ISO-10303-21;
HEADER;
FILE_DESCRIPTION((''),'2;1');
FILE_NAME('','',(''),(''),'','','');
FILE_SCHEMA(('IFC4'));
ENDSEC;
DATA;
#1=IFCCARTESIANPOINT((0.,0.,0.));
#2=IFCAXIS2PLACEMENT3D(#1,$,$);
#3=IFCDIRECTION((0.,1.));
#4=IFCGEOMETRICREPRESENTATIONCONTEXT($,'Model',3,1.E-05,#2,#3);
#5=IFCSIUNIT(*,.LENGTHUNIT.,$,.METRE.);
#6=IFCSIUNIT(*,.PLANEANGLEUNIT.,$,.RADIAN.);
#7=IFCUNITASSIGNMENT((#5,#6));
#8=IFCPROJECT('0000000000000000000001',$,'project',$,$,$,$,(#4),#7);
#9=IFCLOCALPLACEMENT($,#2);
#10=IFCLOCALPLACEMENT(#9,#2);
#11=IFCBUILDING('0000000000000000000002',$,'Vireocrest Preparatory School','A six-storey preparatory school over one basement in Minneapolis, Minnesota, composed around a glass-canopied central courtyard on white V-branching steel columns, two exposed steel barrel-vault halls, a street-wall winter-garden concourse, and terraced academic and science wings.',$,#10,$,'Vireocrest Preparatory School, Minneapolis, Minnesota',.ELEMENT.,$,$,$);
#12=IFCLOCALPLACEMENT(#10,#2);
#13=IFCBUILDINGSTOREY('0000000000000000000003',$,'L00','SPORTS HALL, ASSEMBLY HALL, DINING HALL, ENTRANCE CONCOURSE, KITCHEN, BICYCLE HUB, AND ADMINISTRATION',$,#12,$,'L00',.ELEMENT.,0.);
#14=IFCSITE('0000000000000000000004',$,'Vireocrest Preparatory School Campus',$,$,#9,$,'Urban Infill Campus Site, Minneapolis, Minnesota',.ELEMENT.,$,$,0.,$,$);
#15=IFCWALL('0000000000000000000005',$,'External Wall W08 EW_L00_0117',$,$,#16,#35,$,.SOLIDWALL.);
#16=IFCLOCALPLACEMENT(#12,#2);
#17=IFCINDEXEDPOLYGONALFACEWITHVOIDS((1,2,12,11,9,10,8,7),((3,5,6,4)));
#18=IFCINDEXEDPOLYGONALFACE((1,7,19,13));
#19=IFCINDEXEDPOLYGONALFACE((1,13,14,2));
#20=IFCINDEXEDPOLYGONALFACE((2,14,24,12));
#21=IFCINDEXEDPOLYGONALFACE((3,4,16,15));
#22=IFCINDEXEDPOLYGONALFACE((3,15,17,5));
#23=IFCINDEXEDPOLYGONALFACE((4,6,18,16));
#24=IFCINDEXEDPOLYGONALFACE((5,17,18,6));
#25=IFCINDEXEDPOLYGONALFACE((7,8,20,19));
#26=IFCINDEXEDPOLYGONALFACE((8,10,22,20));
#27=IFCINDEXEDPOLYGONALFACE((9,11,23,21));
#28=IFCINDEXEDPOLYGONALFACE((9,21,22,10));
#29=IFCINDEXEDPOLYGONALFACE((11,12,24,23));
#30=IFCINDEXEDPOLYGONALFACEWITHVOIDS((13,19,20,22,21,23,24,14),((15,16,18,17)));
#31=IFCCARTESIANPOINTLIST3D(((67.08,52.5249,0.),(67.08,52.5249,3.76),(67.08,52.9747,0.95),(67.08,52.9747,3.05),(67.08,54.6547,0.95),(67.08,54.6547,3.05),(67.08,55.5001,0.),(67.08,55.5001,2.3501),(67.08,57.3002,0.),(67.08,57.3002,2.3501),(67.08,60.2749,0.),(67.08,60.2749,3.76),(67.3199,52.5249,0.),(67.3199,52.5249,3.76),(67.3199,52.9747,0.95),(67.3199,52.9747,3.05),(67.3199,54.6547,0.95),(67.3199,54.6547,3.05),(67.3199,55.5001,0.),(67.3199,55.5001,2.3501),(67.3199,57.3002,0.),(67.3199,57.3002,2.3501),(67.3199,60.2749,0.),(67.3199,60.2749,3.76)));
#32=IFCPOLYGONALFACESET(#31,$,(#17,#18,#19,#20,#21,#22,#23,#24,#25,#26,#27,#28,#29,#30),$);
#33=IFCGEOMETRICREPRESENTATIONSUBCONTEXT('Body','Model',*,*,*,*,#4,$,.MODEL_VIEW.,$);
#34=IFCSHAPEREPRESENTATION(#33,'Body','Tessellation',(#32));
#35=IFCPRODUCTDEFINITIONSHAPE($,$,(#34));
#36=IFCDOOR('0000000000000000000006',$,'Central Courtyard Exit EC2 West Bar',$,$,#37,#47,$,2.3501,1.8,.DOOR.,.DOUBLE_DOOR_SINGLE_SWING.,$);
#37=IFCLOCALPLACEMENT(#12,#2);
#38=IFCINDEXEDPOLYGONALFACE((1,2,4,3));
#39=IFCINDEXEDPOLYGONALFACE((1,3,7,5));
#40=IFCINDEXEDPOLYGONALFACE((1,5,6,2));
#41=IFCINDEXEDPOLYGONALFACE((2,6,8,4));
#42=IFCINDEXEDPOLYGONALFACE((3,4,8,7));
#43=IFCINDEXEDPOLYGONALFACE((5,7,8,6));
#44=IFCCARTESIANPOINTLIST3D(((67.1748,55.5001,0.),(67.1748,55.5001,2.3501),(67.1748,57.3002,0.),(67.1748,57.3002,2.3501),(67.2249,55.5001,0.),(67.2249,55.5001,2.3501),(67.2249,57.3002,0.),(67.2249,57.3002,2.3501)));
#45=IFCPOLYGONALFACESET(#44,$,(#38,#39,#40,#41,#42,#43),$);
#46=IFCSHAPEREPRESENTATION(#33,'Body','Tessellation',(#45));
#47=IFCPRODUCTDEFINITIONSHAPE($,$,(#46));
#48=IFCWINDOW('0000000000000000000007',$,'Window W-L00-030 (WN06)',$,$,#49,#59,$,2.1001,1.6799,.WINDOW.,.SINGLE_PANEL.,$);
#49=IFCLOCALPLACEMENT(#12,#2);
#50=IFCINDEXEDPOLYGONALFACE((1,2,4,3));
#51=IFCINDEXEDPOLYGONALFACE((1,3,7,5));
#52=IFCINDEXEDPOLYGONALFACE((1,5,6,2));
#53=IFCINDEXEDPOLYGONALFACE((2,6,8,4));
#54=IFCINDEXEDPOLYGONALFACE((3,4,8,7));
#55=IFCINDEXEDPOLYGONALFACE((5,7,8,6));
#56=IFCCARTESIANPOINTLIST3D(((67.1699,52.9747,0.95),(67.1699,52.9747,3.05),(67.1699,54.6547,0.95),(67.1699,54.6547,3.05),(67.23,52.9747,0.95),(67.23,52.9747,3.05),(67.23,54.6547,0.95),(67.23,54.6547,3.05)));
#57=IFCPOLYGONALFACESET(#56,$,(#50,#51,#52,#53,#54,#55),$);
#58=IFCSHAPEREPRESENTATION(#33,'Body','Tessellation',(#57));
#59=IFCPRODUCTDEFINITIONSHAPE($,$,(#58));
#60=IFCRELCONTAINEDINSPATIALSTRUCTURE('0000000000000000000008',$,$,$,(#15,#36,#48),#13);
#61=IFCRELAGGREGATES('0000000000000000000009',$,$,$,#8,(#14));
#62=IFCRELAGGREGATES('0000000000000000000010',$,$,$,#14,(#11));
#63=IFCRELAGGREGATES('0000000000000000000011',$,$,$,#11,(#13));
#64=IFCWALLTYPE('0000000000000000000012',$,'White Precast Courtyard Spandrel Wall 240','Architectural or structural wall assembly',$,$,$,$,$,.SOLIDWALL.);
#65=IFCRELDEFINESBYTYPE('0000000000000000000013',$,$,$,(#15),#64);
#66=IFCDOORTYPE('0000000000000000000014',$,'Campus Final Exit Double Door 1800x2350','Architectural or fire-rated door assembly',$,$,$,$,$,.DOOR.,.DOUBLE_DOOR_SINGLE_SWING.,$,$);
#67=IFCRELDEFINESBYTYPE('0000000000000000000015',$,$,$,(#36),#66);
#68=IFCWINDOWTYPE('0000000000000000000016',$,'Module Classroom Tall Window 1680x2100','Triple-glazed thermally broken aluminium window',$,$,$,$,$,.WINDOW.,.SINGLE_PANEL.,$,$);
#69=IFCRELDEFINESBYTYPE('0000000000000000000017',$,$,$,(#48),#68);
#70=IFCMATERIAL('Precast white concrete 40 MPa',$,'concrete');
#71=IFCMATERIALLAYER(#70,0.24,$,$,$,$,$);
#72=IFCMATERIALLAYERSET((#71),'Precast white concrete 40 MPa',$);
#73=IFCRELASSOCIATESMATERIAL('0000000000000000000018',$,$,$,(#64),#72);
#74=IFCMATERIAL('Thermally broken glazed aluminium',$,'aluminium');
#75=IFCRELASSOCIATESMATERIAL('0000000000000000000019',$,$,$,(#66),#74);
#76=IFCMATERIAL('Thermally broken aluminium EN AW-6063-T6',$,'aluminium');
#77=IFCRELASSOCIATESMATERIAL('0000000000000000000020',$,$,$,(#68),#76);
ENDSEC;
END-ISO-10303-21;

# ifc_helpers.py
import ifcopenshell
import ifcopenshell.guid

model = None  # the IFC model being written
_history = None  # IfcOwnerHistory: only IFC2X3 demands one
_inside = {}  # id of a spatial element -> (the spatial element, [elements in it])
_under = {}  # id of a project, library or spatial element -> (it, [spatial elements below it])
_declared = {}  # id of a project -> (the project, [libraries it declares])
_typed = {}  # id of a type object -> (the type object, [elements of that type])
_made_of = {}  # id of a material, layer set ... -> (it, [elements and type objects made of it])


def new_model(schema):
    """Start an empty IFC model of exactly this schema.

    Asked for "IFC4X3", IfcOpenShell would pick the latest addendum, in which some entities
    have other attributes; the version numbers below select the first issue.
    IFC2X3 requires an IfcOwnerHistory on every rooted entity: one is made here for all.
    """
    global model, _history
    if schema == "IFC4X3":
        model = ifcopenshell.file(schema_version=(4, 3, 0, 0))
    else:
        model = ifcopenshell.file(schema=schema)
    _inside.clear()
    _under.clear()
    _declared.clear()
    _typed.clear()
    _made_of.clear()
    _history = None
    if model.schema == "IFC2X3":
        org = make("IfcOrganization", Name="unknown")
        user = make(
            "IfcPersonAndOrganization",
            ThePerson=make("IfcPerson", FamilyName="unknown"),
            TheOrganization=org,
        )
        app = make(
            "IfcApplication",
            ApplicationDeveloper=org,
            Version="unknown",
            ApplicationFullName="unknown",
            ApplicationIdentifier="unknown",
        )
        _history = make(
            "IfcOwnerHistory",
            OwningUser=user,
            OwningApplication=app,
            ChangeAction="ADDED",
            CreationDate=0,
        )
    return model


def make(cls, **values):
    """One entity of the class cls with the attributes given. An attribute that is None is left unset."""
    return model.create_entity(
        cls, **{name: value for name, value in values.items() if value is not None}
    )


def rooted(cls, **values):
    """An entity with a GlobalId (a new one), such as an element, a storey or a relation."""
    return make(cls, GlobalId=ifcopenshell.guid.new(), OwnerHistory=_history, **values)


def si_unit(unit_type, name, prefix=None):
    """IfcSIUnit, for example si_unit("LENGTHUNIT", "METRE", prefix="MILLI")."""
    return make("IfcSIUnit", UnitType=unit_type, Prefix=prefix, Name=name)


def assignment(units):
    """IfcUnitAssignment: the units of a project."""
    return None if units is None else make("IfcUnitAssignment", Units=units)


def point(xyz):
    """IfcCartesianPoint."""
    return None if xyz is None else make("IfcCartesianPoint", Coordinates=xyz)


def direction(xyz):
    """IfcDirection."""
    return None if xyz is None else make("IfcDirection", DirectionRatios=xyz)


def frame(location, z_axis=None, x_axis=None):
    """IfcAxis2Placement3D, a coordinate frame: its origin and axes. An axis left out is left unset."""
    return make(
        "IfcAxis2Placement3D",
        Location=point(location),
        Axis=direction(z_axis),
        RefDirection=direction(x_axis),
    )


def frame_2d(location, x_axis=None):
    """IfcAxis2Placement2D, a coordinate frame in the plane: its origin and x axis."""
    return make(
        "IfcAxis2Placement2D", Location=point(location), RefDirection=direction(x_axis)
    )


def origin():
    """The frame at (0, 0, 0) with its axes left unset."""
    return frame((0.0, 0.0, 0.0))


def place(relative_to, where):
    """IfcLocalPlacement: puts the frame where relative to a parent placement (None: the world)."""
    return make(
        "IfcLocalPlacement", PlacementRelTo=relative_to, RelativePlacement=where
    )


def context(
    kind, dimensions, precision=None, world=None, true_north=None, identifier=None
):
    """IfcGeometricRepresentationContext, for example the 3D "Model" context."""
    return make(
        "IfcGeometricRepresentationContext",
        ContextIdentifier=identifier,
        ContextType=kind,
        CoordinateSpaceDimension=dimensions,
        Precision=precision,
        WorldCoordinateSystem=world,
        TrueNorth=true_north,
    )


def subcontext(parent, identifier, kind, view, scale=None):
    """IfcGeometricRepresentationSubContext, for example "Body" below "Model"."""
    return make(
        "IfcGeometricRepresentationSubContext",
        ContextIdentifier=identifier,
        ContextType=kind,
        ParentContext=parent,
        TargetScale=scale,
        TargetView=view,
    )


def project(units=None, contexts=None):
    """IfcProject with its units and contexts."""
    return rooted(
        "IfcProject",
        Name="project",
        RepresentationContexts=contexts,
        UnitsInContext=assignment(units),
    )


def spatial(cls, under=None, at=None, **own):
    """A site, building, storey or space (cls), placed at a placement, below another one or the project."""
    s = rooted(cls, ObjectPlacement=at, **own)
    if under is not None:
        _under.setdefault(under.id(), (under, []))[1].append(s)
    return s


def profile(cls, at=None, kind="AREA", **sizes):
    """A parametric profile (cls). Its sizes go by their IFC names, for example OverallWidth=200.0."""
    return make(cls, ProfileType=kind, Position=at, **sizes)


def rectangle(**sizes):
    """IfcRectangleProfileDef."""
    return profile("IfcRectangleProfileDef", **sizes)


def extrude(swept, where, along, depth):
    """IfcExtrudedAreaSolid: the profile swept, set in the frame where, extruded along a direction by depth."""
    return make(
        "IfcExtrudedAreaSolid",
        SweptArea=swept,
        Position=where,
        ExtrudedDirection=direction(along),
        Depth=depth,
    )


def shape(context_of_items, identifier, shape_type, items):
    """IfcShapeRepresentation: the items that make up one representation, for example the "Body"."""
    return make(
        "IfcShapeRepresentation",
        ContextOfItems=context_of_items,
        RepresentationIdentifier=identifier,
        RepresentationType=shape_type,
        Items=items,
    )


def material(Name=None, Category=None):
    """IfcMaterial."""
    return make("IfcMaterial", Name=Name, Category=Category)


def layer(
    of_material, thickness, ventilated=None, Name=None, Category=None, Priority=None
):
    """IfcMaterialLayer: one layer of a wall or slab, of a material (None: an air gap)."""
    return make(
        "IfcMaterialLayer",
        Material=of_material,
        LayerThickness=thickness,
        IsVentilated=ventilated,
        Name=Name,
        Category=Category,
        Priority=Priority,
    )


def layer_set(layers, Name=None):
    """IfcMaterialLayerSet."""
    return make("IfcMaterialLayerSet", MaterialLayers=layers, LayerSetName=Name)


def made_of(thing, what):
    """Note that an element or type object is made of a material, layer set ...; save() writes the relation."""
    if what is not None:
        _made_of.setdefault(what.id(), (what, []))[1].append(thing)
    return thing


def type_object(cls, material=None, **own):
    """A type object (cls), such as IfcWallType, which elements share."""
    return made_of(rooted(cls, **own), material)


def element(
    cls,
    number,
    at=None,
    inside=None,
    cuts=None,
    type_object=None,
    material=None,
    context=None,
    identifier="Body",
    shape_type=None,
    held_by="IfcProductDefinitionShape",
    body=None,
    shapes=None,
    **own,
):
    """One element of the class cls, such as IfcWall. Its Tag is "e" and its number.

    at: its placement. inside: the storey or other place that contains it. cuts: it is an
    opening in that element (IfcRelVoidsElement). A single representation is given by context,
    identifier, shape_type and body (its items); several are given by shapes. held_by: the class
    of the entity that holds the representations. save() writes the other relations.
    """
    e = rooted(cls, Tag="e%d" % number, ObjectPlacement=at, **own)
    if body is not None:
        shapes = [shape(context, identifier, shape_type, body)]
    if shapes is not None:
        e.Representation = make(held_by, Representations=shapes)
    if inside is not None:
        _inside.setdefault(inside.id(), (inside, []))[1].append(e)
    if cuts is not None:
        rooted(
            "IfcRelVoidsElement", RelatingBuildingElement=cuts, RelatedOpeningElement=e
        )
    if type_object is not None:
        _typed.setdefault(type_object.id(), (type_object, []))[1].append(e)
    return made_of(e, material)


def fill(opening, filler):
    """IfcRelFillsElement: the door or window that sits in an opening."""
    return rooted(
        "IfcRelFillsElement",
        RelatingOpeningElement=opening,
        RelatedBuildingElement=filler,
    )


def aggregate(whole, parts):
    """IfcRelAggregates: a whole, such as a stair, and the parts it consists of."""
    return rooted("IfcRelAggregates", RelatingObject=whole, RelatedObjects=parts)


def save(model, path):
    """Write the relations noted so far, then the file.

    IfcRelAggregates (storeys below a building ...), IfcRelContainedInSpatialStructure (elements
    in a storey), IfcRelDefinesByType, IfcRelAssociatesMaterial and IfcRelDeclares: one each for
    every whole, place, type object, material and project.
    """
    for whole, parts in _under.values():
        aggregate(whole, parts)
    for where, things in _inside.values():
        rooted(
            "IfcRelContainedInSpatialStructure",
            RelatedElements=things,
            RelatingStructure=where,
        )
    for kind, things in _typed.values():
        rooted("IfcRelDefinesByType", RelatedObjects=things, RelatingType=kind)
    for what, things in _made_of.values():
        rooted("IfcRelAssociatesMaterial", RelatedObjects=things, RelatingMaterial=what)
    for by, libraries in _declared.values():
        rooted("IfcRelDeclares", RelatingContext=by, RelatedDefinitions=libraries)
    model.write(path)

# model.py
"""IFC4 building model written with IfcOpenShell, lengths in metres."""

from ifc_helpers import new_model, si_unit, direction, frame, frame_2d, origin, place, context, subcontext, project, spatial, rectangle, extrude, material, layer, layer_set, type_object, element, fill, save


model = new_model("IFC4")

# Units and contexts
model_context = context("Model", 3, precision=1e-05, world=origin(), true_north=direction((0.0, 1.0)))
body_context = subcontext(model_context, "Body", "Model", "MODEL_VIEW")
ifc_project = project(units=[si_unit("LENGTHUNIT", "METRE"), si_unit("PLANEANGLEUNIT", "RADIAN")], contexts=[model_context])

# Site, building, storey
site_placement = place(None, origin())
site = spatial("IfcSite", under=ifc_project, at=site_placement, Name="Vireocrest Preparatory School Campus", LongName="Urban Infill Campus Site, Minneapolis, Minnesota", CompositionType="ELEMENT", RefElevation=0.0)
building_placement = place(site_placement, origin())
building = spatial("IfcBuilding", under=site, at=building_placement, Name="Vireocrest Preparatory School", Description="A six-storey preparatory school over one basement in Minneapolis, Minnesota, composed around a glass-canopied central courtyard on white V-branching steel columns, two exposed steel barrel-vault halls, a street-wall winter-garden concourse, and terraced academic and science wings.", LongName="Vireocrest Preparatory School, Minneapolis, Minnesota", CompositionType="ELEMENT")
storey_placement = place(building_placement, origin())
storey = spatial("IfcBuildingStorey", under=building, at=storey_placement, Name="L00", Description="SPORTS HALL, ASSEMBLY HALL, DINING HALL, ENTRANCE CONCOURSE, KITCHEN, BICYCLE HUB, AND ADMINISTRATION", LongName="L00", CompositionType="ELEMENT", Elevation=0.0)

# Shared definitions
ifc_material_1 = material(Name="Thermally broken aluminium EN AW-6063-T6", Category="aluminium")

# Wall, openings, door, window
ifc_material_2 = material(Name="Precast white concrete 40 MPa", Category="concrete")
ifc_layer_1 = layer(ifc_material_2, 0.24)
ifc_layer_set_1 = layer_set([ifc_layer_1], Name="Precast white concrete 40 MPa")
wall_type_1 = type_object("IfcWallType", Name="White Precast Courtyard Spandrel Wall 240", Description="Architectural or structural wall assembly", PredefinedType="SOLIDWALL", material=ifc_layer_set_1)
wall_1_placement = place(storey_placement, frame((67.2, 52.5249, 0.0), z_axis=(0.0, 0.0, 1.0), x_axis=(0.0, 1.0, 0.0)))
wall_1 = element("IfcWall", 1, at=wall_1_placement, inside=storey, type_object=wall_type_1, Name="External Wall W08 EW_L00_0117", PredefinedType="SOLIDWALL", context=body_context, shape_type="SweptSolid", body=[
    extrude(rectangle(XDim=7.75, YDim=0.24, at=frame_2d((3.875, 0.0))), origin(), (0.0, 0.0, 1.0), 3.76),
])
opening_1_placement = place(wall_1_placement, frame((4.7751, 0.0, 0.0), z_axis=(0.0, 0.0, 1.0), x_axis=(-1.0, 0.0, 0.0)))
opening_1 = element("IfcOpeningElement", 2, at=opening_1_placement, cuts=wall_1, PredefinedType="OPENING", context=body_context, shape_type="SweptSolid", body=[
    extrude(rectangle(XDim=1.8, YDim=2.3501, at=frame_2d((0.8999, 1.175))), frame((0.0, 0.1299, 0.0), z_axis=(0.0, -1.0, 0.0), x_axis=(1.0, 0.0, 0.0)), (0.0, 0.0, 1.0), 0.26),
])
opening_2_placement = place(wall_1_placement, frame((0.45, 0.0, 0.95)))
opening_2 = element("IfcOpeningElement", 3, at=opening_2_placement, cuts=wall_1, PredefinedType="OPENING", context=body_context, shape_type="SweptSolid", body=[
    extrude(rectangle(XDim=1.6799, YDim=2.1001, at=frame_2d((0.8398, 1.05))), frame((0.0, 0.1299, 0.0), z_axis=(0.0, -1.0, 0.0), x_axis=(1.0, 0.0, 0.0)), (0.0, 0.0, 1.0), 0.26),
])
ifc_material_3 = material(Name="Thermally broken glazed aluminium", Category="aluminium")
door_type = type_object("IfcDoorType", Name="Campus Final Exit Double Door 1800x2350", Description="Architectural or fire-rated door assembly", OperationType="DOUBLE_DOOR_SINGLE_SWING", PredefinedType="DOOR", material=ifc_material_3)
door_placement = place(opening_1_placement, origin())
door = element("IfcDoor", 4, at=door_placement, inside=storey, type_object=door_type, Name="Central Courtyard Exit EC2 West Bar", OperationType="DOUBLE_DOOR_SINGLE_SWING", OverallHeight=2.3501, OverallWidth=1.8, PredefinedType="DOOR", context=body_context, shape_type="SweptSolid", body=[
    extrude(rectangle(XDim=1.8, YDim=2.3501, at=frame_2d((0.8999, 1.175))), frame((0.0, 0.0249, 0.0), z_axis=(0.0, -1.0, 0.0), x_axis=(1.0, 0.0, 0.0)), (0.0, 0.0, 1.0), 0.05),
])
fill(opening_1, door)
window_type = type_object("IfcWindowType", Name="Module Classroom Tall Window 1680x2100", Description="Triple-glazed thermally broken aluminium window", PartitioningType="SINGLE_PANEL", PredefinedType="WINDOW", material=ifc_material_1)
window_placement = place(opening_2_placement, origin())
window = element("IfcWindow", 5, at=window_placement, inside=storey, type_object=window_type, Name="Window W-L00-030 (WN06)", OverallHeight=2.1001, OverallWidth=1.6799, PartitioningType="SINGLE_PANEL", PredefinedType="WINDOW", context=body_context, shape_type="SweptSolid", body=[
    extrude(rectangle(XDim=1.6799, YDim=2.1001, at=frame_2d((0.8398, 1.05))), frame((0.0, 0.03, 0.0), z_axis=(0.0, -1.0, 0.0), x_axis=(1.0, 0.0, 0.0)), (0.0, 0.0, 1.0), 0.0601),
])
fill(opening_2, window)

save(model, "model.ifc")
